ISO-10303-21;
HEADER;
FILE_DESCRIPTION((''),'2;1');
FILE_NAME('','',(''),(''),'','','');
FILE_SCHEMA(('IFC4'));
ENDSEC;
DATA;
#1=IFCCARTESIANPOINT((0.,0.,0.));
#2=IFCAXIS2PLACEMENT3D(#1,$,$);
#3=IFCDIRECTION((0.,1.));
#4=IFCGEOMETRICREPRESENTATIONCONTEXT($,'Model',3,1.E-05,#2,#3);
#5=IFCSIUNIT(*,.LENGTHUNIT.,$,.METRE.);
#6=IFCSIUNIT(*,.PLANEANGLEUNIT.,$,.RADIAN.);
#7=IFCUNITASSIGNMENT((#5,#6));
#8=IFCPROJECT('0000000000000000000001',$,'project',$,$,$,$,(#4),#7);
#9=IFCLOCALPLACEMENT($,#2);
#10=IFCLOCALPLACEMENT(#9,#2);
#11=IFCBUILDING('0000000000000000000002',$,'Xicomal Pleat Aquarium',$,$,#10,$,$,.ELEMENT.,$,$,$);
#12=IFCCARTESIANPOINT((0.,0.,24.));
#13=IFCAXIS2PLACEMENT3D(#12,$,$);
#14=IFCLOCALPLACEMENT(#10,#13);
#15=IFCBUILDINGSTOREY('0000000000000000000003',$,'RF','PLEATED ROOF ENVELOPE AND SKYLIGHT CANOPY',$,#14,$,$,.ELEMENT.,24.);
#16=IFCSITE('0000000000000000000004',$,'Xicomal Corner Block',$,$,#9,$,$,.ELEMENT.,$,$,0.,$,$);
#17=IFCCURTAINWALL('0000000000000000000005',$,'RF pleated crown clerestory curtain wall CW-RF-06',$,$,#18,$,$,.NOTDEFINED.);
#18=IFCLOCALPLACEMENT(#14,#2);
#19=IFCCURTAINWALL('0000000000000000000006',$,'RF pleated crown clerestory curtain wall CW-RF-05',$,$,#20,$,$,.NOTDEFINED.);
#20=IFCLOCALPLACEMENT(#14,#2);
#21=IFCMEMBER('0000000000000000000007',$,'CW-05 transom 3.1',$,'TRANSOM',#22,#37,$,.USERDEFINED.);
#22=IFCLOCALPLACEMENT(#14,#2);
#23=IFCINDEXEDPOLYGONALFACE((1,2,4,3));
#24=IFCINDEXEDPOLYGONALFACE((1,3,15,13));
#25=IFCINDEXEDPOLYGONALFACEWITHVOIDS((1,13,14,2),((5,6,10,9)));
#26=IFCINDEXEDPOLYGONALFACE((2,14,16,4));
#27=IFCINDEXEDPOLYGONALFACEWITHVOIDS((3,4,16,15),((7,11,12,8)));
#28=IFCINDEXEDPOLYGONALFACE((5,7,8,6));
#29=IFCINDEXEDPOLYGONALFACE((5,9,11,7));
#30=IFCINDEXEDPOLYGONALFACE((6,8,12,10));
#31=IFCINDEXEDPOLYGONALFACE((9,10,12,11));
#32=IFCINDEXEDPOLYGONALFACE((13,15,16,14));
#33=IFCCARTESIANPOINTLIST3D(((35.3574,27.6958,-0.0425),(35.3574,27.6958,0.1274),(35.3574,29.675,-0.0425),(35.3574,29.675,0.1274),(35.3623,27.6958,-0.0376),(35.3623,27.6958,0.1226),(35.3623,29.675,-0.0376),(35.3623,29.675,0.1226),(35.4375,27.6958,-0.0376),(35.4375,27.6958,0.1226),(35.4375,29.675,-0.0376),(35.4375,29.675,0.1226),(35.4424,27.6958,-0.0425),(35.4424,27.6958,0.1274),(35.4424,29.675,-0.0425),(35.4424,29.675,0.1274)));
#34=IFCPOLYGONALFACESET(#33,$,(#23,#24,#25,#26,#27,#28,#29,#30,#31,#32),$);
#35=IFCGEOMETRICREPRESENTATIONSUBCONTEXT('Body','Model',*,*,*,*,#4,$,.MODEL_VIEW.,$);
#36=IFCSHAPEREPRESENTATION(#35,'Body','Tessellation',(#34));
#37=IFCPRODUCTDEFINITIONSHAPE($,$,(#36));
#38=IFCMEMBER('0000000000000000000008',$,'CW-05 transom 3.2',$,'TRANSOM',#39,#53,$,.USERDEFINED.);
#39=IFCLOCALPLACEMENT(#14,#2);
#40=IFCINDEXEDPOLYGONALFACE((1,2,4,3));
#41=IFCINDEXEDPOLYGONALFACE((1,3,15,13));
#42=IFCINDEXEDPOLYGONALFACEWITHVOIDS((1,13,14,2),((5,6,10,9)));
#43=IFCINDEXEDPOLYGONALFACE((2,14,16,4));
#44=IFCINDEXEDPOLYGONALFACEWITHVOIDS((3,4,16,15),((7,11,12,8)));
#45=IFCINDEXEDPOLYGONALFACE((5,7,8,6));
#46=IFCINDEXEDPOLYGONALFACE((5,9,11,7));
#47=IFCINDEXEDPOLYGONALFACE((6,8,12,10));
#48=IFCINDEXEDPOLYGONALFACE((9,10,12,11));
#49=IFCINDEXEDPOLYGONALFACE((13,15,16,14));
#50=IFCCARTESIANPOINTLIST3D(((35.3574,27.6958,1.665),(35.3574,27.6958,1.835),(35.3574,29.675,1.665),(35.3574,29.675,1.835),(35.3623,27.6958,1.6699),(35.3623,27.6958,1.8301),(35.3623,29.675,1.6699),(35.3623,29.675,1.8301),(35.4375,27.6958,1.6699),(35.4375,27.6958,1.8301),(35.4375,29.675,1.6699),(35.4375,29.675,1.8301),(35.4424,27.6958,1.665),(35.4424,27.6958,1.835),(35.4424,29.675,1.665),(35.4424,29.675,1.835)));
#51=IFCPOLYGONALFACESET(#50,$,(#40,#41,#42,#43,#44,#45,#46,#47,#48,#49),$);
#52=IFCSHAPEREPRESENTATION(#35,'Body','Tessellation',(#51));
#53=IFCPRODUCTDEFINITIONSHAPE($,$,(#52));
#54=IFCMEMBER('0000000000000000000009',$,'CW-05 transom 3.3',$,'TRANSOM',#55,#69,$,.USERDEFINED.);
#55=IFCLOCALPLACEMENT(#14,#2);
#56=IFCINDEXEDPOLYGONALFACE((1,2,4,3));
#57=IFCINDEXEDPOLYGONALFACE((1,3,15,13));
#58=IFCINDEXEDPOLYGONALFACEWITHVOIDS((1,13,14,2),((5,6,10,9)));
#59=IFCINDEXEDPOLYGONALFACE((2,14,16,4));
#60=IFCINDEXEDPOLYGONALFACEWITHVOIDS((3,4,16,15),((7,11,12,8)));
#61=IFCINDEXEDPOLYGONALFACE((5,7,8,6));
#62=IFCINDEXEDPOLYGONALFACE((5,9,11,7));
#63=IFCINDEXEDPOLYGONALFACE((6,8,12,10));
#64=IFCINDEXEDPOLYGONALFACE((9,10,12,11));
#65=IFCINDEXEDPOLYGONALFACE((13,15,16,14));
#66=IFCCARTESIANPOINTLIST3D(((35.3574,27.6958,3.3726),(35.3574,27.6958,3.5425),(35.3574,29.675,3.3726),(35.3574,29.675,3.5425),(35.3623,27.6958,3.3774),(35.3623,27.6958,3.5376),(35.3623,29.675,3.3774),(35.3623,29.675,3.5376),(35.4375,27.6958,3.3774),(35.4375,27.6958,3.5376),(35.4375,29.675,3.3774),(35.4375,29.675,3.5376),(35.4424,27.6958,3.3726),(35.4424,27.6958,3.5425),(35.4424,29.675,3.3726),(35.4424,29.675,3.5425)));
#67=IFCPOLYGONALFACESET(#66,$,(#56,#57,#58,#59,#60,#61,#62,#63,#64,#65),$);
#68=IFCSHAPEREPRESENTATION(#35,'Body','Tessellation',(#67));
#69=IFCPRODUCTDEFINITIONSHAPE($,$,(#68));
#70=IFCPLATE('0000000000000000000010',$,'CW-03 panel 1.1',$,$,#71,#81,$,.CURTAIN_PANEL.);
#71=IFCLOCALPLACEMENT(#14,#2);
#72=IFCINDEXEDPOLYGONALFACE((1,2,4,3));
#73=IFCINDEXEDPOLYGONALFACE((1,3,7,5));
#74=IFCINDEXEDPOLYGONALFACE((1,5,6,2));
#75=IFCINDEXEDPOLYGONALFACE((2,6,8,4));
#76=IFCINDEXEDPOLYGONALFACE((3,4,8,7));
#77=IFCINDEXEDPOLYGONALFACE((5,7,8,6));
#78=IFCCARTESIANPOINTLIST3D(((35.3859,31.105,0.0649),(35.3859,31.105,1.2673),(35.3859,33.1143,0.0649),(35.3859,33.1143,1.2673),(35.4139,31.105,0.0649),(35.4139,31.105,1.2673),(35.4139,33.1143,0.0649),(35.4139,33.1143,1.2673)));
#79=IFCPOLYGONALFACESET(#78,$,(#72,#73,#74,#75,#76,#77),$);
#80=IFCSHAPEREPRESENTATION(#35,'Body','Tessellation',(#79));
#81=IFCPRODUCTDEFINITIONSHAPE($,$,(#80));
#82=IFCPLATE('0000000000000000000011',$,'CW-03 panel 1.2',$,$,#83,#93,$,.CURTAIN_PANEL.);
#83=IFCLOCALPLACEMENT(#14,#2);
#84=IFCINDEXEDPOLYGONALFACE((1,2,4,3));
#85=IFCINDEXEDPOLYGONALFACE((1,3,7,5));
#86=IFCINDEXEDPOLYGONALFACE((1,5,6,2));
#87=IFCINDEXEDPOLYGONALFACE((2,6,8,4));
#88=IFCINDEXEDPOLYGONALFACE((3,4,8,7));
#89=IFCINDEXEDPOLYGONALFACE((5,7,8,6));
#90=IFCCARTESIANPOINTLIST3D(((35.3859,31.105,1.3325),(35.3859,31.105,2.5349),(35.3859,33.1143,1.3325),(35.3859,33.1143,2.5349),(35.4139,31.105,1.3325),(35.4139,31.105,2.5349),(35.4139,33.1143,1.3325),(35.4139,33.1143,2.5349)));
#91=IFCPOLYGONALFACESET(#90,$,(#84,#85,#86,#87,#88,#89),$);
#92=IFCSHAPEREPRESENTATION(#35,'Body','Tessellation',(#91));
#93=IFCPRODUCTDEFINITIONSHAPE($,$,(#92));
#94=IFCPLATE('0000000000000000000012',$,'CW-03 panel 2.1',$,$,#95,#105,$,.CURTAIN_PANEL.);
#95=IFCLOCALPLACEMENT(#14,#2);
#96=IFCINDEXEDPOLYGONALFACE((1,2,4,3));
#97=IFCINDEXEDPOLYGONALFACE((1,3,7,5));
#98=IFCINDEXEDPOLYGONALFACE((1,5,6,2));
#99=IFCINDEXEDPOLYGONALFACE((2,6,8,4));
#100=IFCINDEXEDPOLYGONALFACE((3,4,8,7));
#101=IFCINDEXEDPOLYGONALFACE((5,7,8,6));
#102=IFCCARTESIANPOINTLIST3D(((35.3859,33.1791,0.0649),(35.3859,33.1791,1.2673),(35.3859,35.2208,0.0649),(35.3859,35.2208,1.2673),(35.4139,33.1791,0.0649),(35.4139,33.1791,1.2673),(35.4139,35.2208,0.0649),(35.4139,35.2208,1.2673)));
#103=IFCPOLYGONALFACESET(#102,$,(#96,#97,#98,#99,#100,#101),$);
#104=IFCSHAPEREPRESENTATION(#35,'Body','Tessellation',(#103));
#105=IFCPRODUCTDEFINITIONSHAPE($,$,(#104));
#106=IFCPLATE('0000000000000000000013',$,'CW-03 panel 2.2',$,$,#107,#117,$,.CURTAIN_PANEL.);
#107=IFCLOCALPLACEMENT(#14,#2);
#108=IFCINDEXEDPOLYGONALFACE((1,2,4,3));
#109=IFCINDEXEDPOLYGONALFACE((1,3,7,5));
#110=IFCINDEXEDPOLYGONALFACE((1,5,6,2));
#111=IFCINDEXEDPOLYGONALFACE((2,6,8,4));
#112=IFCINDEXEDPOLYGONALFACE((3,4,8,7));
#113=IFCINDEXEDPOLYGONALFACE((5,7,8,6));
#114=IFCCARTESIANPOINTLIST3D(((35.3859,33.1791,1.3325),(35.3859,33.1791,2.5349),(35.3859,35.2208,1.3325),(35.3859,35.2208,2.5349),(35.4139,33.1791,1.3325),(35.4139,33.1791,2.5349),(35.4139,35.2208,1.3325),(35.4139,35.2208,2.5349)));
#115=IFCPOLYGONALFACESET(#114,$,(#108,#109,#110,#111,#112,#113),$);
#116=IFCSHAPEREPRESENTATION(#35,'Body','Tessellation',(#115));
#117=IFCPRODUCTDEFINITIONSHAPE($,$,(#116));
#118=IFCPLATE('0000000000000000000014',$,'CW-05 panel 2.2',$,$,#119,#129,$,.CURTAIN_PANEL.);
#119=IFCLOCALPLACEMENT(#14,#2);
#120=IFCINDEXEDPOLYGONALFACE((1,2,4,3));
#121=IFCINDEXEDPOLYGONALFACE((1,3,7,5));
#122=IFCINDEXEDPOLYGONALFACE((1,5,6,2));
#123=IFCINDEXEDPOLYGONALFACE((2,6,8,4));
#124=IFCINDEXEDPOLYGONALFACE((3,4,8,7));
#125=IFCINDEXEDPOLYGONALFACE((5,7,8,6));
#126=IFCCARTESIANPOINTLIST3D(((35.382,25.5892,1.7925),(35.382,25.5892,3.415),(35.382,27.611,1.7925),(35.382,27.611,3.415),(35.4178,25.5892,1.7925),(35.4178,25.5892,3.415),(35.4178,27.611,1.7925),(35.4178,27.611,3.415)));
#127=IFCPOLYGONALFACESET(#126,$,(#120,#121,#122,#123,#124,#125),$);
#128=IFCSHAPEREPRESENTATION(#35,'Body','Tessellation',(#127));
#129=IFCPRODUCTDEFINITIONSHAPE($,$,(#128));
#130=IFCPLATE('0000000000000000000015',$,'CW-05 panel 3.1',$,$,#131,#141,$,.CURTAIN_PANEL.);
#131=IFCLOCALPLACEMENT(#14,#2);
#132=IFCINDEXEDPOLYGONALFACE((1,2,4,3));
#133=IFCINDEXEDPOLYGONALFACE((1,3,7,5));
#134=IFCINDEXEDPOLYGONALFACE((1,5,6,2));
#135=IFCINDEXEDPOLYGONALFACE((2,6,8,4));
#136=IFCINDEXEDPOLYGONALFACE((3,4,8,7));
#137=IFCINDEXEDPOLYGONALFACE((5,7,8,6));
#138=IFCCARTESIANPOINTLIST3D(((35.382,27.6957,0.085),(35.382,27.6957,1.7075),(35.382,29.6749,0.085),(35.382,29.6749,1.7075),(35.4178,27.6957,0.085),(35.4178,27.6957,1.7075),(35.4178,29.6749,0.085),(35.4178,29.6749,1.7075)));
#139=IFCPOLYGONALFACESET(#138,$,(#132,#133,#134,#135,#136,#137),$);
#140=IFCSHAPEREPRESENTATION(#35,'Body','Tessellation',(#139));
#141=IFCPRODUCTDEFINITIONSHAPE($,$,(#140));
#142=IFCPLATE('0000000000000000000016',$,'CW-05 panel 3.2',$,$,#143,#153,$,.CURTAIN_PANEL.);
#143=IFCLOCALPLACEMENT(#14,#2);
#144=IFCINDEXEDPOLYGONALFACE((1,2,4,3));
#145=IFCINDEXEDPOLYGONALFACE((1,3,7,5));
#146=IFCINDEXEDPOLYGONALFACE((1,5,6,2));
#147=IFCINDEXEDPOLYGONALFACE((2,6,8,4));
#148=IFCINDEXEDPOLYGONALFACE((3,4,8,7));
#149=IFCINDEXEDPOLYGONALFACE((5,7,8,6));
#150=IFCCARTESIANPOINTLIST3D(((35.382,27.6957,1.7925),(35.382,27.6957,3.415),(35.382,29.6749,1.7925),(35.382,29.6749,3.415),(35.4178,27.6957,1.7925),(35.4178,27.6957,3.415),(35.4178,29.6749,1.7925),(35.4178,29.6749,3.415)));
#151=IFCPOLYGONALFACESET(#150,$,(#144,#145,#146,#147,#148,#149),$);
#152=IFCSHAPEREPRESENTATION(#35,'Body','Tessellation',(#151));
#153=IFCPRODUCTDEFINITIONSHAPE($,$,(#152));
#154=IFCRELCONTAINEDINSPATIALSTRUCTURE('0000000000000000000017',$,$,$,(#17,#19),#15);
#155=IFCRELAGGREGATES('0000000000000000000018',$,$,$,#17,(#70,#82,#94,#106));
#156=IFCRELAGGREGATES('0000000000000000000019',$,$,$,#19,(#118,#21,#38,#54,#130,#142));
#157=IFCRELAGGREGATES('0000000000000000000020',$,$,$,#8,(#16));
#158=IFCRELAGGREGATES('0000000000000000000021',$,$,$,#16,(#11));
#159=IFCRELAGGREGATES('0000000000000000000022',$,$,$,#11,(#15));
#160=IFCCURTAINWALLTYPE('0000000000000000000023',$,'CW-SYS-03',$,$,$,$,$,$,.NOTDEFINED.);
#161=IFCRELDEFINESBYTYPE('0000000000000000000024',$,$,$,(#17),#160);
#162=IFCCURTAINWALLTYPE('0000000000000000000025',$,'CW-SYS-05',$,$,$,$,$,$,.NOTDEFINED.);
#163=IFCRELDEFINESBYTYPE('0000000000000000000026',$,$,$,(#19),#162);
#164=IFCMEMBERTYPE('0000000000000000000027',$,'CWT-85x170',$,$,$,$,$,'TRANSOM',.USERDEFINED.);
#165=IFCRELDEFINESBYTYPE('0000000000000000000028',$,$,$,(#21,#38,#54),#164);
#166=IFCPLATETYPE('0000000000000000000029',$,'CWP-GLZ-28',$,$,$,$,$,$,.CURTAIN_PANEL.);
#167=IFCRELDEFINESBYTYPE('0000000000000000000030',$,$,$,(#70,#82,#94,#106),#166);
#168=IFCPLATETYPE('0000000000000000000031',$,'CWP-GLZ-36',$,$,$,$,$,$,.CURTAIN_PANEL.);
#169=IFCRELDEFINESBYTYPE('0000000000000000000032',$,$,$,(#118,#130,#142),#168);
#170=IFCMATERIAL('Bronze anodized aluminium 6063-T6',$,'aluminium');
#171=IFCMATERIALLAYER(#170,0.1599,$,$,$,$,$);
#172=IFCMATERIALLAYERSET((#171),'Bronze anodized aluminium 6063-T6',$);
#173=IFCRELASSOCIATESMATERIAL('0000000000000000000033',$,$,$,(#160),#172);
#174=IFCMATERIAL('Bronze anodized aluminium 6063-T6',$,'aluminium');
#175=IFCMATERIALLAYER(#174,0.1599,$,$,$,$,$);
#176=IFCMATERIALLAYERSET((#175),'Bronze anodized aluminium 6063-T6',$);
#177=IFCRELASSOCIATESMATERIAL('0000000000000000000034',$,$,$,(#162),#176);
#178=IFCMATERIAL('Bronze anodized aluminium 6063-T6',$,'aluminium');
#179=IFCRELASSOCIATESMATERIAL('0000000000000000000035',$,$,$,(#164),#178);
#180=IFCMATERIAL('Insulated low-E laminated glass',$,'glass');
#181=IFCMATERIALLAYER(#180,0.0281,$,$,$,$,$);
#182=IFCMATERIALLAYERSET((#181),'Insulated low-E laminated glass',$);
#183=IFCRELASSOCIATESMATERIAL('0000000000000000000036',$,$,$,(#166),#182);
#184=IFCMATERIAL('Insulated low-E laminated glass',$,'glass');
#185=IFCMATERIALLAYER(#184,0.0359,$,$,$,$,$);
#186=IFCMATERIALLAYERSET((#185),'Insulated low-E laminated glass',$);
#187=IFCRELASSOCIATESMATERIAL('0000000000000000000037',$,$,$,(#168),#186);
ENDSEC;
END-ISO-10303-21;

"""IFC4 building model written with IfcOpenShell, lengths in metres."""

from ifc_helpers import new_model, si_unit, direction, frame, origin, origin_2d, place, context, subcontext, project, spatial, rectangle, hollow_rectangle, extrude, material, layer, layer_set, material_profile, profile_set, type_object, element, aggregate, save


model = new_model("IFC4")

# Units and contexts
model_context = context("Model", 3, precision=1e-05, world=origin(), true_north=direction((0.0, 1.0)))
body_context = subcontext(model_context, "Body", "Model", "MODEL_VIEW")
ifc_project = project(units=[si_unit("LENGTHUNIT", "METRE"), si_unit("PLANEANGLEUNIT", "RADIAN")], contexts=[model_context])

# Site, building, storey
site_placement = place(None, origin())
site = spatial("IfcSite", under=ifc_project, at=site_placement, Name="Xicomal Corner Block", CompositionType="ELEMENT", RefElevation=0.0)
building_placement = place(site_placement, origin())
building = spatial("IfcBuilding", under=site, at=building_placement, Name="Xicomal Pleat Aquarium", CompositionType="ELEMENT")
storey_placement = place(building_placement, frame((0.0, 0.0, 24.0)))
storey = spatial("IfcBuildingStorey", under=building, at=storey_placement, Name="RF", Description="PLEATED ROOF ENVELOPE AND SKYLIGHT CANOPY", CompositionType="ELEMENT", Elevation=24.0)

# Curtain walls, members
ifc_material_1 = material(Name="Bronze anodized aluminium 6063-T6", Category="aluminium")
ifc_layer_1 = layer(ifc_material_1, 0.1599)
ifc_layer_set_1 = layer_set([ifc_layer_1], Name="Bronze anodized aluminium 6063-T6")
curtain_wall_type_1 = type_object("IfcCurtainWallType", Name="CW-SYS-03", PredefinedType="NOTDEFINED", material=ifc_layer_set_1)
curtain_wall_1_placement = place(storey_placement, origin())
curtain_wall_1 = element("IfcCurtainWall", 1, at=curtain_wall_1_placement, inside=storey, type_object=curtain_wall_type_1, Name="RF pleated crown clerestory curtain wall CW-RF-06", PredefinedType="NOTDEFINED")
ifc_material_2 = material(Name="Bronze anodized aluminium 6063-T6", Category="aluminium")
ifc_layer_2 = layer(ifc_material_2, 0.1599)
ifc_layer_set_2 = layer_set([ifc_layer_2], Name="Bronze anodized aluminium 6063-T6")
curtain_wall_type_2 = type_object("IfcCurtainWallType", Name="CW-SYS-05", PredefinedType="NOTDEFINED", material=ifc_layer_set_2)
curtain_wall_2_placement = place(storey_placement, origin())
curtain_wall_2 = element("IfcCurtainWall", 2, at=curtain_wall_2_placement, inside=storey, type_object=curtain_wall_type_2, Name="RF pleated crown clerestory curtain wall CW-RF-05", PredefinedType="NOTDEFINED")
ifc_material_3 = material(Name="Bronze anodized aluminium 6063-T6", Category="aluminium")
ifc_material_profile_1 = material_profile(ifc_material_3, hollow_rectangle(XDim=0.085, YDim=0.1699, WallThickness=0.0049, at=origin_2d()), Name="ALU TRAN 85x170")
ifc_profile_set_1 = profile_set([ifc_material_profile_1], Name="Bronze anodized aluminium 6063-T6")
member_type_1 = type_object("IfcMemberType", Name="CWT-85x170", ElementType="TRANSOM", PredefinedType="USERDEFINED", material=ifc_profile_set_1)
member_1_placement = place(storey_placement, frame((35.3999, 27.6958, 0.0425), z_axis=(0.0, 1.0, 0.0), x_axis=(-1.0, 0.0, 0.0)))
member_1 = element("IfcMember", 3, at=member_1_placement, type_object=member_type_1, Name="CW-05 transom 3.1", ObjectType="TRANSOM", PredefinedType="USERDEFINED", context=body_context, shape_type="SweptSolid", body=[
    extrude(hollow_rectangle(XDim=0.085, YDim=0.1699, WallThickness=0.0049, at=origin_2d()), origin(), (0.0, 0.0, 1.0), 1.9792),
])
member_2_placement = place(storey_placement, frame((35.3999, 27.6958, 1.75), z_axis=(0.0, 1.0, 0.0), x_axis=(-1.0, 0.0, 0.0)))
member_2 = element("IfcMember", 4, at=member_2_placement, type_object=member_type_1, Name="CW-05 transom 3.2", ObjectType="TRANSOM", PredefinedType="USERDEFINED", context=body_context, shape_type="SweptSolid", body=[
    extrude(hollow_rectangle(XDim=0.085, YDim=0.1699, WallThickness=0.0049, at=origin_2d()), origin(), (0.0, 0.0, 1.0), 1.9792),
])
member_3_placement = place(storey_placement, frame((35.3999, 27.6958, 3.4575), z_axis=(0.0, 1.0, 0.0), x_axis=(-1.0, 0.0, 0.0)))
member_3 = element("IfcMember", 5, at=member_3_placement, type_object=member_type_1, Name="CW-05 transom 3.3", ObjectType="TRANSOM", PredefinedType="USERDEFINED", context=body_context, shape_type="SweptSolid", body=[
    extrude(hollow_rectangle(XDim=0.085, YDim=0.1699, WallThickness=0.0049, at=origin_2d()), origin(), (0.0, 0.0, 1.0), 1.9792),
])

# Plates
ifc_material_4 = material(Name="Insulated low-E laminated glass", Category="glass")
ifc_layer_3 = layer(ifc_material_4, 0.0281)
ifc_layer_set_3 = layer_set([ifc_layer_3], Name="Insulated low-E laminated glass")
plate_type_1 = type_object("IfcPlateType", Name="CWP-GLZ-28", PredefinedType="CURTAIN_PANEL", material=ifc_layer_set_3)
plate_1_placement = place(storey_placement, frame((35.3999, 32.1096, 0.0649), z_axis=(0.0, 0.0, 1.0), x_axis=(0.0, 1.0, 0.0)))
plate_1 = element("IfcPlate", 6, at=plate_1_placement, type_object=plate_type_1, Name="CW-03 panel 1.1", PredefinedType="CURTAIN_PANEL", context=body_context, shape_type="SweptSolid", body=[
    extrude(rectangle(XDim=2.0093, YDim=0.0281, at=origin_2d()), origin(), (0.0, 0.0, 1.0), 1.2024),
])
plate_2_placement = place(storey_placement, frame((35.3999, 32.1096, 1.3325), z_axis=(0.0, 0.0, 1.0), x_axis=(0.0, 1.0, 0.0)))
plate_2 = element("IfcPlate", 7, at=plate_2_placement, type_object=plate_type_1, Name="CW-03 panel 1.2", PredefinedType="CURTAIN_PANEL", context=body_context, shape_type="SweptSolid", body=[
    extrude(rectangle(XDim=2.0093, YDim=0.0281, at=origin_2d()), origin(), (0.0, 0.0, 1.0), 1.2024),
])
plate_3_placement = place(storey_placement, frame((35.3999, 34.2, 0.0649), z_axis=(0.0, 0.0, 1.0), x_axis=(0.0, 1.0, 0.0)))
plate_3 = element("IfcPlate", 8, at=plate_3_placement, type_object=plate_type_1, Name="CW-03 panel 2.1", PredefinedType="CURTAIN_PANEL", context=body_context, shape_type="SweptSolid", body=[
    extrude(rectangle(XDim=2.0417, YDim=0.0281, at=origin_2d()), origin(), (0.0, 0.0, 1.0), 1.2024),
])
plate_4_placement = place(storey_placement, frame((35.3999, 34.2, 1.3325), z_axis=(0.0, 0.0, 1.0), x_axis=(0.0, 1.0, 0.0)))
plate_4 = element("IfcPlate", 9, at=plate_4_placement, type_object=plate_type_1, Name="CW-03 panel 2.2", PredefinedType="CURTAIN_PANEL", context=body_context, shape_type="SweptSolid", body=[
    extrude(rectangle(XDim=2.0417, YDim=0.0281, at=origin_2d()), origin(), (0.0, 0.0, 1.0), 1.2024),
])
aggregate(curtain_wall_1, [plate_1, plate_2, plate_3, plate_4])
ifc_material_5 = material(Name="Insulated low-E laminated glass", Category="glass")
ifc_layer_4 = layer(ifc_material_5, 0.0359)
ifc_layer_set_4 = layer_set([ifc_layer_4], Name="Insulated low-E laminated glass")
plate_type_2 = type_object("IfcPlateType", Name="CWP-GLZ-36", PredefinedType="CURTAIN_PANEL", material=ifc_layer_set_4)
plate_5_placement = place(storey_placement, frame((35.3999, 26.6001, 1.7925), z_axis=(0.0, 0.0, 1.0), x_axis=(0.0, 1.0, 0.0)))
plate_5 = element("IfcPlate", 10, at=plate_5_placement, type_object=plate_type_2, Name="CW-05 panel 2.2", PredefinedType="CURTAIN_PANEL", context=body_context, shape_type="SweptSolid", body=[
    extrude(rectangle(XDim=2.0217, YDim=0.0359, at=origin_2d()), origin(), (0.0, 0.0, 1.0), 1.6226),
])
plate_6_placement = place(storey_placement, frame((35.3999, 28.6853, 0.085), z_axis=(0.0, 0.0, 1.0), x_axis=(0.0, 1.0, 0.0)))
plate_6 = element("IfcPlate", 11, at=plate_6_placement, type_object=plate_type_2, Name="CW-05 panel 3.1", PredefinedType="CURTAIN_PANEL", context=body_context, shape_type="SweptSolid", body=[
    extrude(rectangle(XDim=1.9792, YDim=0.0359, at=origin_2d()), origin(), (0.0, 0.0, 1.0), 1.6226),
])
plate_7_placement = place(storey_placement, frame((35.3999, 28.6853, 1.7925), z_axis=(0.0, 0.0, 1.0), x_axis=(0.0, 1.0, 0.0)))
plate_7 = element("IfcPlate", 12, at=plate_7_placement, type_object=plate_type_2, Name="CW-05 panel 3.2", PredefinedType="CURTAIN_PANEL", context=body_context, shape_type="SweptSolid", body=[
    extrude(rectangle(XDim=1.9792, YDim=0.0359, at=origin_2d()), origin(), (0.0, 0.0, 1.0), 1.6226),
])
aggregate(curtain_wall_2, [plate_5, member_1, member_2, member_3, plate_6, plate_7])

save(model, "model.ifc")
